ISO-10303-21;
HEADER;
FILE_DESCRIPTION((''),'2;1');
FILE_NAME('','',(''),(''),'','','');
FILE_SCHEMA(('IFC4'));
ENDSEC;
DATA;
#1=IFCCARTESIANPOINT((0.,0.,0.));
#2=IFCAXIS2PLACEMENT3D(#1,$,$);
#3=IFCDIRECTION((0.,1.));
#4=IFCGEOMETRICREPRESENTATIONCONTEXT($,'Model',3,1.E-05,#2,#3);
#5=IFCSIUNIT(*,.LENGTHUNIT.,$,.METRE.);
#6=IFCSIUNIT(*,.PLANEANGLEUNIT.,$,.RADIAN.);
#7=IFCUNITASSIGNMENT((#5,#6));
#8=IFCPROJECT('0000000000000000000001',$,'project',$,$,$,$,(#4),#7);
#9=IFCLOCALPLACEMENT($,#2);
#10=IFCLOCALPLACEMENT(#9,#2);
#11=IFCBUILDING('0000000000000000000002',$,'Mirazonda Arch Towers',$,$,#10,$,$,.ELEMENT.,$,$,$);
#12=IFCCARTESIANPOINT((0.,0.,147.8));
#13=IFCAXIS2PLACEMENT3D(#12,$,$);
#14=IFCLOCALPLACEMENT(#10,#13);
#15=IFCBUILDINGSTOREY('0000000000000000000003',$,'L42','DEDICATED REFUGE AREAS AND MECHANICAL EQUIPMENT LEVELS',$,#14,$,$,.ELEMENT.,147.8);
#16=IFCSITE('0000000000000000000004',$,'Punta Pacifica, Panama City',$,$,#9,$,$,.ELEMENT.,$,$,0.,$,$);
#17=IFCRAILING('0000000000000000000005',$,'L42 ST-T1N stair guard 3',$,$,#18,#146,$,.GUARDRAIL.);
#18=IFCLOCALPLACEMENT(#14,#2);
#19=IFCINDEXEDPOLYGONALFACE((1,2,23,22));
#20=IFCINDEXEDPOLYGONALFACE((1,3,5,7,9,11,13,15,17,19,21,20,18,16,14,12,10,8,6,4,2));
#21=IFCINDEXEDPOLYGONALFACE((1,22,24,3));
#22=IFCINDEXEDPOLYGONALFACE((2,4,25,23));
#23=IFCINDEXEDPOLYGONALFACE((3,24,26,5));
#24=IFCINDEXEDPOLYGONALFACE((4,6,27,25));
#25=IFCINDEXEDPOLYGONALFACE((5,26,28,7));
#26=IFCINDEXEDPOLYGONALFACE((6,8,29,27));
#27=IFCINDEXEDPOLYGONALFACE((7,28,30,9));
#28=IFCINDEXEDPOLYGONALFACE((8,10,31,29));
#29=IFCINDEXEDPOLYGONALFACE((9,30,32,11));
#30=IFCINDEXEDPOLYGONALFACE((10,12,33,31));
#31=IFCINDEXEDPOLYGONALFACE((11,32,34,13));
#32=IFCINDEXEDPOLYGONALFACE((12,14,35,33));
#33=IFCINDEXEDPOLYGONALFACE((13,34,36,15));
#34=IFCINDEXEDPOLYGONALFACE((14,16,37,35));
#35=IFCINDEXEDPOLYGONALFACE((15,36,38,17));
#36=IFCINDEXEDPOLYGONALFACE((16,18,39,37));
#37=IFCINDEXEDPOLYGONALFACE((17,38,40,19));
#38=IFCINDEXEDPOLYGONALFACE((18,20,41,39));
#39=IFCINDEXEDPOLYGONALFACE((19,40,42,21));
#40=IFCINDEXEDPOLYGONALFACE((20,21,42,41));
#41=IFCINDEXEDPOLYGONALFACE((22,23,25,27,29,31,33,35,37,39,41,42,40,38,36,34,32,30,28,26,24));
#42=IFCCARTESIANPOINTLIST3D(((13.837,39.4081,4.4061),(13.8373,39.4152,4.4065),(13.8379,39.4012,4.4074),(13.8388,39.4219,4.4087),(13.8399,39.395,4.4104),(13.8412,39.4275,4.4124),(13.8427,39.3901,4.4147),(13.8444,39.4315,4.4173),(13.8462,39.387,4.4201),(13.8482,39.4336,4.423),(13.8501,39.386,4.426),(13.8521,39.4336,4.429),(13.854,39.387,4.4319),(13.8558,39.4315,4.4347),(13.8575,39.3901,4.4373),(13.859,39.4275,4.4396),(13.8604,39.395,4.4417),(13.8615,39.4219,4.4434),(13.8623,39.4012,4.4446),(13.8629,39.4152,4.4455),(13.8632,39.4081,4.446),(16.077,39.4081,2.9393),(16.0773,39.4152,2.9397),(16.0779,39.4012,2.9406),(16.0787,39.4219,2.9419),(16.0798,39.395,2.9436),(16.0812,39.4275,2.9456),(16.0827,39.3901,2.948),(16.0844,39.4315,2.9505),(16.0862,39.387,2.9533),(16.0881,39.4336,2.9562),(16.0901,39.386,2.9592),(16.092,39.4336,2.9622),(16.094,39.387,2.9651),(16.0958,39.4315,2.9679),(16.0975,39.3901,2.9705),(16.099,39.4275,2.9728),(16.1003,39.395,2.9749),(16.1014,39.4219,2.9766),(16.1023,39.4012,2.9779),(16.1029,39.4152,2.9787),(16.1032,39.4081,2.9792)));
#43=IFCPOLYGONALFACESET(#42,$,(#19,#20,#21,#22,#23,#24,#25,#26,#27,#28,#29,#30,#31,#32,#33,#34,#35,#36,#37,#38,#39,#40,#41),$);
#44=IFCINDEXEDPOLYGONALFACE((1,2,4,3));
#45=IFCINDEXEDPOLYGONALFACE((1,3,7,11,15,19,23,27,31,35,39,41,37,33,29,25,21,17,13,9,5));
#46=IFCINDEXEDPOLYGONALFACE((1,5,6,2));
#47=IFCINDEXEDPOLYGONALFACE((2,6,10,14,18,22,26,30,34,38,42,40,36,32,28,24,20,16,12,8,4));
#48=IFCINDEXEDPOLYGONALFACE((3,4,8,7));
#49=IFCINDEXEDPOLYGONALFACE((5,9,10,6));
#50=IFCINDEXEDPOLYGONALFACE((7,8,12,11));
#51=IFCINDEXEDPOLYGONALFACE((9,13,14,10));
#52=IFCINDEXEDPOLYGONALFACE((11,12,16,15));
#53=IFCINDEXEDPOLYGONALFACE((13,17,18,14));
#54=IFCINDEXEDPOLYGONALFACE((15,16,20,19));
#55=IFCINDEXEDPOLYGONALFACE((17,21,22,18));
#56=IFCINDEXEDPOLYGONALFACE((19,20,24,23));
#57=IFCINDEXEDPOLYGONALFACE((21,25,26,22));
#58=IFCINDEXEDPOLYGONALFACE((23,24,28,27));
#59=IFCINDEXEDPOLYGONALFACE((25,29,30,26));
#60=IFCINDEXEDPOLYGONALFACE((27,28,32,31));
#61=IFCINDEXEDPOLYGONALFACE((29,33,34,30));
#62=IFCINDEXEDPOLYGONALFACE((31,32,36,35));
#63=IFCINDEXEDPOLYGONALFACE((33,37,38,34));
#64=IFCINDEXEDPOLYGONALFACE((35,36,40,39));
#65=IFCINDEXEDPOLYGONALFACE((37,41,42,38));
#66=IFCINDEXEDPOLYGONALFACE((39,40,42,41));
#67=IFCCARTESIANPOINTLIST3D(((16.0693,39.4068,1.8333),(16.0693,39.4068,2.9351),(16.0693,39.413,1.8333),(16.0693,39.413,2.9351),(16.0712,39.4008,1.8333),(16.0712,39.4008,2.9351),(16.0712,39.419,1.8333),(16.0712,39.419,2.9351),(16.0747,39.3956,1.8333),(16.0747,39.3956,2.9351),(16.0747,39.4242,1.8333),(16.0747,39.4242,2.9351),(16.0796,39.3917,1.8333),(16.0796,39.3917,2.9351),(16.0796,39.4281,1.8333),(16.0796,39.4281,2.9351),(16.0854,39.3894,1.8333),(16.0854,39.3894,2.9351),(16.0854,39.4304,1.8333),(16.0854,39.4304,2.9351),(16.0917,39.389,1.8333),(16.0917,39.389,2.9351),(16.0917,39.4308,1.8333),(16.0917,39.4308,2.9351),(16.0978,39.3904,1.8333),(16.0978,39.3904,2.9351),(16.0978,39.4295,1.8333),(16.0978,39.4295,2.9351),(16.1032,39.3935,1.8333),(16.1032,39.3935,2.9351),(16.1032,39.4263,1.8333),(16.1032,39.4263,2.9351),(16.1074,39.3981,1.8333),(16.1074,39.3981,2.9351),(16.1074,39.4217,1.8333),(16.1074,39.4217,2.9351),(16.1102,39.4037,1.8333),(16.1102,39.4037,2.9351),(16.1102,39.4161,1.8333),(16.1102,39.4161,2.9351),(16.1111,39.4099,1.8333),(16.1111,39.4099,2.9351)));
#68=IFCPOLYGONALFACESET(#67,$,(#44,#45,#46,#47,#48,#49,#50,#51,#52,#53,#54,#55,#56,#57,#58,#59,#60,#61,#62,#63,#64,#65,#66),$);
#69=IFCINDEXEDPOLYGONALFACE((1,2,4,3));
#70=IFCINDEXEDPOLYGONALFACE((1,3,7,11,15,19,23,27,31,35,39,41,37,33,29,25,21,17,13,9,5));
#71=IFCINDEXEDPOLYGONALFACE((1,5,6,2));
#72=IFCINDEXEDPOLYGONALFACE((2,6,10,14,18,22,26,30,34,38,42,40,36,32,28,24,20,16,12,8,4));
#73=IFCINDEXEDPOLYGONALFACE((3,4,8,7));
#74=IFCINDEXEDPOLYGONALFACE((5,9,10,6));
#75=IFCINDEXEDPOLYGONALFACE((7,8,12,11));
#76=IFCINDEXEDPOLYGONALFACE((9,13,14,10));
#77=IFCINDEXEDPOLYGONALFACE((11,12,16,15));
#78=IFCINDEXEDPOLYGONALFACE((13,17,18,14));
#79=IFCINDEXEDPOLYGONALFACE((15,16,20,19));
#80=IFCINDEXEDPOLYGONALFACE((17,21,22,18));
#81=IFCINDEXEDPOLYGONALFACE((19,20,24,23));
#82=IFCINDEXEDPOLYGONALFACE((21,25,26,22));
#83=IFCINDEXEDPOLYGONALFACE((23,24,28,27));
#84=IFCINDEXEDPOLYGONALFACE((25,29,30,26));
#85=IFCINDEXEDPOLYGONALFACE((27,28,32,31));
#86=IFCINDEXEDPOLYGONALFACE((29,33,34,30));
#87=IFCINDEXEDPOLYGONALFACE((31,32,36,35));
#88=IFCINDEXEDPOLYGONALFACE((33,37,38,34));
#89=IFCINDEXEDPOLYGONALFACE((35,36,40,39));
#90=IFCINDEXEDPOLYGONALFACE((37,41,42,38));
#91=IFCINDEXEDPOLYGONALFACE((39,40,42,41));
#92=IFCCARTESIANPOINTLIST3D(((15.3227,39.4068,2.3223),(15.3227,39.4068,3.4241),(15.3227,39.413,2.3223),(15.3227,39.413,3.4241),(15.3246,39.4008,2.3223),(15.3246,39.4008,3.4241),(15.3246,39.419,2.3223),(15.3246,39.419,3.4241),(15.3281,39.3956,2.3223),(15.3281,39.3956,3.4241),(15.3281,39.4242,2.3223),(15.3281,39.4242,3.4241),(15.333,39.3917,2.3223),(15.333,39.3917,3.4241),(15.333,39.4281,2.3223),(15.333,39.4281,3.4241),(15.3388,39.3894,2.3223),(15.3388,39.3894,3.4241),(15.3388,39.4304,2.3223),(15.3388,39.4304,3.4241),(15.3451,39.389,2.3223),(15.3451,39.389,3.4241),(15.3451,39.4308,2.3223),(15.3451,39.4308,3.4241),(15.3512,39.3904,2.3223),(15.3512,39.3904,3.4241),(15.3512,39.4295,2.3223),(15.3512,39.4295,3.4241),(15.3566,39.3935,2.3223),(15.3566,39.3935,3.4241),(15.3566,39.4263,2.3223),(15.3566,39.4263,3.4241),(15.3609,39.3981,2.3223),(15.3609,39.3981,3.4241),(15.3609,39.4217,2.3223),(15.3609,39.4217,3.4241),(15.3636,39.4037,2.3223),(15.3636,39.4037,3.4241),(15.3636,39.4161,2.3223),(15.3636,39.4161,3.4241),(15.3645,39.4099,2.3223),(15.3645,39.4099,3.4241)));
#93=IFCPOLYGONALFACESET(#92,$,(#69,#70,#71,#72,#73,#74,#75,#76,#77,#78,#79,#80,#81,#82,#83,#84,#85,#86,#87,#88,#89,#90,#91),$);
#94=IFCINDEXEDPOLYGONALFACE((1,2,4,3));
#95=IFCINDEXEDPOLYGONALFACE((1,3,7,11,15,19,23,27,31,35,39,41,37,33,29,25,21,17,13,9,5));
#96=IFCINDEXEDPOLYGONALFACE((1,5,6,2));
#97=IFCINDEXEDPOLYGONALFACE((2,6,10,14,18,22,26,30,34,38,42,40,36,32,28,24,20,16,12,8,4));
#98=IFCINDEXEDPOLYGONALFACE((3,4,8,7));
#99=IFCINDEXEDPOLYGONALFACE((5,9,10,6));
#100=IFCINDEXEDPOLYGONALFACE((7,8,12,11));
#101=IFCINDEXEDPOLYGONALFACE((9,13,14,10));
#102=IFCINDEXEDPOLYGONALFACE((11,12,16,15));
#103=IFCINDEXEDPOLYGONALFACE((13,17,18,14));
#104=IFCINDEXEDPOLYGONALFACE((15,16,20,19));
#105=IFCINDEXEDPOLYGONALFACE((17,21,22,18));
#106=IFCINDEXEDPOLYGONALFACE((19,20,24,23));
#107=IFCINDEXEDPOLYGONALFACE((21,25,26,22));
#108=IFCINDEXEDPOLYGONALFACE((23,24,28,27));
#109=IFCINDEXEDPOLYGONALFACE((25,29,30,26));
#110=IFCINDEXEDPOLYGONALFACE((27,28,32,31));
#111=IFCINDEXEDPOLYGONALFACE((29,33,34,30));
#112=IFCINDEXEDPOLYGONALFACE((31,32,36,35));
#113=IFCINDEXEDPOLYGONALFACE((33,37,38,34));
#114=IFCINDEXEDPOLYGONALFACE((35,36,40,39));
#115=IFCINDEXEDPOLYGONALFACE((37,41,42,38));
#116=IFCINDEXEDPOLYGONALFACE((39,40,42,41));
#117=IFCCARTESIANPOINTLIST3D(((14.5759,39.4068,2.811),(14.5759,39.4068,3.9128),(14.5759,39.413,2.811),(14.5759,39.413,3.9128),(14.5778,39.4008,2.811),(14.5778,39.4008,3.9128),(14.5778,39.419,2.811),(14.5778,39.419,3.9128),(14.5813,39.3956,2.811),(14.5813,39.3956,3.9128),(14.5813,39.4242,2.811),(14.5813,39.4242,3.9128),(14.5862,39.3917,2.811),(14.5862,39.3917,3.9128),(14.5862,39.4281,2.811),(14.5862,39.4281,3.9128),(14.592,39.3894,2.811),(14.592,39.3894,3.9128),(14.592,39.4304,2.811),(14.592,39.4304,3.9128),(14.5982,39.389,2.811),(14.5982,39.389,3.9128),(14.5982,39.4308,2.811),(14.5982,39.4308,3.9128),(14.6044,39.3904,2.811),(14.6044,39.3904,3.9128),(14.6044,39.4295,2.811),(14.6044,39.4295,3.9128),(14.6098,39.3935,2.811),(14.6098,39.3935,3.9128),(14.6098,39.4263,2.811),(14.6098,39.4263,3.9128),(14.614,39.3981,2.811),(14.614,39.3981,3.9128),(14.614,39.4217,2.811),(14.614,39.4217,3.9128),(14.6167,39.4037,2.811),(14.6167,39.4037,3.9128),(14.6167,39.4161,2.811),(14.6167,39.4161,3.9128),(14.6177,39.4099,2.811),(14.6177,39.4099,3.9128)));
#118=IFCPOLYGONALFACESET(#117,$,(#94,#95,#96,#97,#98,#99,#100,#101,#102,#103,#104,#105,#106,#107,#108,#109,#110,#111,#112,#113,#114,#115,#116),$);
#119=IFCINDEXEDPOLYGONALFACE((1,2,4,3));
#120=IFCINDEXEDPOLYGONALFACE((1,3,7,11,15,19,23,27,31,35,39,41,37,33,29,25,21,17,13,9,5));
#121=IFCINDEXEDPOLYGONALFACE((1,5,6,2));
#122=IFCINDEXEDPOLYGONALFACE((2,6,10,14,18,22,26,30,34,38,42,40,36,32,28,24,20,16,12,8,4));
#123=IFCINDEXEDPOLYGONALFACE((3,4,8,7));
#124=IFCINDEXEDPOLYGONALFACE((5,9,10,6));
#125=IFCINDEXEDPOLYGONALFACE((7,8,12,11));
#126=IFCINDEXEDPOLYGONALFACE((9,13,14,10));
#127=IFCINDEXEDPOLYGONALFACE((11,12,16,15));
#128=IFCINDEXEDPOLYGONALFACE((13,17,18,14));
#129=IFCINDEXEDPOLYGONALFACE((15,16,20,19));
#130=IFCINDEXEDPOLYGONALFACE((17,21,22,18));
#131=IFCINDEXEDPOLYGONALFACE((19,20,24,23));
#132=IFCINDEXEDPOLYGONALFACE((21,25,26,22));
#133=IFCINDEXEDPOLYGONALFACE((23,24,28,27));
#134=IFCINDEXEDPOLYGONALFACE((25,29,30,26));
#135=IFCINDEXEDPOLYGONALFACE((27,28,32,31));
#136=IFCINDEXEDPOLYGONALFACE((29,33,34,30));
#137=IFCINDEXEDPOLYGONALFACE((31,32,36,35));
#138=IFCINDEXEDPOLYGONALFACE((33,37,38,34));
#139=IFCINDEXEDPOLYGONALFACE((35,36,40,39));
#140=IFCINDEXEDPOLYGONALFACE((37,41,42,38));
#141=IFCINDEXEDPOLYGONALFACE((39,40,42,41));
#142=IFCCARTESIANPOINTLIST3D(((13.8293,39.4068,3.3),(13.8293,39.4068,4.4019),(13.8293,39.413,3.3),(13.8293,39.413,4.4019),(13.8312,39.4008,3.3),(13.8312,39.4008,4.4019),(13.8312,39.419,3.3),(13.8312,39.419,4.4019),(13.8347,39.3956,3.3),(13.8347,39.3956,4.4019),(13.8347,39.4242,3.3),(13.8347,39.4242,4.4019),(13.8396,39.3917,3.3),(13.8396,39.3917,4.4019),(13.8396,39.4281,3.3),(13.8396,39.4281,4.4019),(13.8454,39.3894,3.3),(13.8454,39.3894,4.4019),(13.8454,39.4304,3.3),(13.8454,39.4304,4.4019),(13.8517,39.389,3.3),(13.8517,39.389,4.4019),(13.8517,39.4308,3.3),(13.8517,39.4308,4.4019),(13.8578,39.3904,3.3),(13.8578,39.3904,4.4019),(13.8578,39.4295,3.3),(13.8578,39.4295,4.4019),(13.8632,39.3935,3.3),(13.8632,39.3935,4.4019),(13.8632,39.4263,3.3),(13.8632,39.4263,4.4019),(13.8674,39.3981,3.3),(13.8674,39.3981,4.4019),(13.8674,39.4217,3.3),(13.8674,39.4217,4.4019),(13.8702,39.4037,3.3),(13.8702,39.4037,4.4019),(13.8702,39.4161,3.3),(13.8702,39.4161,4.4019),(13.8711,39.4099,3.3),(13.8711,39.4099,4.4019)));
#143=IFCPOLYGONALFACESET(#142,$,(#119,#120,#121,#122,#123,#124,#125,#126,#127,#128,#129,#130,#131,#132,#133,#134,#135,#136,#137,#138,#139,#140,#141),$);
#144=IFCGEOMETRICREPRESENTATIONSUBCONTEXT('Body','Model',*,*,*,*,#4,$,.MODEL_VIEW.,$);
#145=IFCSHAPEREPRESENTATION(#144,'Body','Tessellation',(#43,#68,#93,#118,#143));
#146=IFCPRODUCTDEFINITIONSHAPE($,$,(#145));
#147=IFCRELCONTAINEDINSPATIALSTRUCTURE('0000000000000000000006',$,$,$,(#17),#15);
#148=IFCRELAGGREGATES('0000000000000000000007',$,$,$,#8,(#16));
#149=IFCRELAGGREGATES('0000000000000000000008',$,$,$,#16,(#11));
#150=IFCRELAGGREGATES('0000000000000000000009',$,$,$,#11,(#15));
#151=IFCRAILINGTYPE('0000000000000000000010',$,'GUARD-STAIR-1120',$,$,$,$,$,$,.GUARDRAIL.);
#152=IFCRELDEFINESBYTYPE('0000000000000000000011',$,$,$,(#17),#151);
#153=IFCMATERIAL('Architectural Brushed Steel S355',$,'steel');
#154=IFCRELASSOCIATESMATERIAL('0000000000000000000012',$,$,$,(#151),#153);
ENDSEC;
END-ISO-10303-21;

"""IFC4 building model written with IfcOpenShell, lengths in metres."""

from ifc_helpers import new_model, si_unit, direction, frame, origin, origin_2d, place, context, subcontext, project, spatial, circle, extrude, material, type_object, element, save


model = new_model("IFC4")

# Units and contexts
model_context = context("Model", 3, precision=1e-05, world=origin(), true_north=direction((0.0, 1.0)))
body_context = subcontext(model_context, "Body", "Model", "MODEL_VIEW")
ifc_project = project(units=[si_unit("LENGTHUNIT", "METRE"), si_unit("PLANEANGLEUNIT", "RADIAN")], contexts=[model_context])

# Site, building, storey
site_placement = place(None, origin())
site = spatial("IfcSite", under=ifc_project, at=site_placement, Name="Punta Pacifica, Panama City", CompositionType="ELEMENT", RefElevation=0.0)
building_placement = place(site_placement, origin())
building = spatial("IfcBuilding", under=site, at=building_placement, Name="Mirazonda Arch Towers", CompositionType="ELEMENT")
storey_placement = place(building_placement, frame((0.0, 0.0, 147.8)))
storey = spatial("IfcBuildingStorey", under=building, at=storey_placement, Name="L42", Description="DEDICATED REFUGE AREAS AND MECHANICAL EQUIPMENT LEVELS", CompositionType="ELEMENT", Elevation=147.8)

# Shared definitions
ifc_material_1 = material(Name="Architectural Brushed Steel S355", Category="steel")

# Railing
railing_type_1 = type_object("IfcRailingType", Name="GUARD-STAIR-1120", PredefinedType="GUARDRAIL", material=ifc_material_1)
railing_1_placement = place(storey_placement, frame((16.0901, 39.4099, 1.8333)))
element("IfcRailing", 1, at=railing_1_placement, inside=storey, type_object=railing_type_1, Name="L42 ST-T1N stair guard 3", PredefinedType="GUARDRAIL", context=body_context, shape_type="SweptSolid", body=[
    extrude(circle(Radius=0.0239, at=origin_2d()), frame((0.0, 0.0, 1.126), z_axis=(-0.836595, 0.0, 0.547822), x_axis=(0.0, -1.0, 0.0)), (0.0, 0.0, 1.0), 2.6775),
    extrude(circle(Radius=0.021, at=origin_2d()), origin(), (0.0, 0.0, 1.0), 1.1018),
    extrude(circle(Radius=0.021, at=origin_2d()), frame((-0.7466, 0.0, 0.489)), (0.0, 0.0, 1.0), 1.1018),
    extrude(circle(Radius=0.021, at=origin_2d()), frame((-1.4934, 0.0, 0.9778)), (0.0, 0.0, 1.0), 1.1018),
    extrude(circle(Radius=0.021, at=origin_2d()), frame((-2.24, 0.0, 1.4668)), (0.0, 0.0, 1.0), 1.1018),
])

save(model, "model.ifc")
